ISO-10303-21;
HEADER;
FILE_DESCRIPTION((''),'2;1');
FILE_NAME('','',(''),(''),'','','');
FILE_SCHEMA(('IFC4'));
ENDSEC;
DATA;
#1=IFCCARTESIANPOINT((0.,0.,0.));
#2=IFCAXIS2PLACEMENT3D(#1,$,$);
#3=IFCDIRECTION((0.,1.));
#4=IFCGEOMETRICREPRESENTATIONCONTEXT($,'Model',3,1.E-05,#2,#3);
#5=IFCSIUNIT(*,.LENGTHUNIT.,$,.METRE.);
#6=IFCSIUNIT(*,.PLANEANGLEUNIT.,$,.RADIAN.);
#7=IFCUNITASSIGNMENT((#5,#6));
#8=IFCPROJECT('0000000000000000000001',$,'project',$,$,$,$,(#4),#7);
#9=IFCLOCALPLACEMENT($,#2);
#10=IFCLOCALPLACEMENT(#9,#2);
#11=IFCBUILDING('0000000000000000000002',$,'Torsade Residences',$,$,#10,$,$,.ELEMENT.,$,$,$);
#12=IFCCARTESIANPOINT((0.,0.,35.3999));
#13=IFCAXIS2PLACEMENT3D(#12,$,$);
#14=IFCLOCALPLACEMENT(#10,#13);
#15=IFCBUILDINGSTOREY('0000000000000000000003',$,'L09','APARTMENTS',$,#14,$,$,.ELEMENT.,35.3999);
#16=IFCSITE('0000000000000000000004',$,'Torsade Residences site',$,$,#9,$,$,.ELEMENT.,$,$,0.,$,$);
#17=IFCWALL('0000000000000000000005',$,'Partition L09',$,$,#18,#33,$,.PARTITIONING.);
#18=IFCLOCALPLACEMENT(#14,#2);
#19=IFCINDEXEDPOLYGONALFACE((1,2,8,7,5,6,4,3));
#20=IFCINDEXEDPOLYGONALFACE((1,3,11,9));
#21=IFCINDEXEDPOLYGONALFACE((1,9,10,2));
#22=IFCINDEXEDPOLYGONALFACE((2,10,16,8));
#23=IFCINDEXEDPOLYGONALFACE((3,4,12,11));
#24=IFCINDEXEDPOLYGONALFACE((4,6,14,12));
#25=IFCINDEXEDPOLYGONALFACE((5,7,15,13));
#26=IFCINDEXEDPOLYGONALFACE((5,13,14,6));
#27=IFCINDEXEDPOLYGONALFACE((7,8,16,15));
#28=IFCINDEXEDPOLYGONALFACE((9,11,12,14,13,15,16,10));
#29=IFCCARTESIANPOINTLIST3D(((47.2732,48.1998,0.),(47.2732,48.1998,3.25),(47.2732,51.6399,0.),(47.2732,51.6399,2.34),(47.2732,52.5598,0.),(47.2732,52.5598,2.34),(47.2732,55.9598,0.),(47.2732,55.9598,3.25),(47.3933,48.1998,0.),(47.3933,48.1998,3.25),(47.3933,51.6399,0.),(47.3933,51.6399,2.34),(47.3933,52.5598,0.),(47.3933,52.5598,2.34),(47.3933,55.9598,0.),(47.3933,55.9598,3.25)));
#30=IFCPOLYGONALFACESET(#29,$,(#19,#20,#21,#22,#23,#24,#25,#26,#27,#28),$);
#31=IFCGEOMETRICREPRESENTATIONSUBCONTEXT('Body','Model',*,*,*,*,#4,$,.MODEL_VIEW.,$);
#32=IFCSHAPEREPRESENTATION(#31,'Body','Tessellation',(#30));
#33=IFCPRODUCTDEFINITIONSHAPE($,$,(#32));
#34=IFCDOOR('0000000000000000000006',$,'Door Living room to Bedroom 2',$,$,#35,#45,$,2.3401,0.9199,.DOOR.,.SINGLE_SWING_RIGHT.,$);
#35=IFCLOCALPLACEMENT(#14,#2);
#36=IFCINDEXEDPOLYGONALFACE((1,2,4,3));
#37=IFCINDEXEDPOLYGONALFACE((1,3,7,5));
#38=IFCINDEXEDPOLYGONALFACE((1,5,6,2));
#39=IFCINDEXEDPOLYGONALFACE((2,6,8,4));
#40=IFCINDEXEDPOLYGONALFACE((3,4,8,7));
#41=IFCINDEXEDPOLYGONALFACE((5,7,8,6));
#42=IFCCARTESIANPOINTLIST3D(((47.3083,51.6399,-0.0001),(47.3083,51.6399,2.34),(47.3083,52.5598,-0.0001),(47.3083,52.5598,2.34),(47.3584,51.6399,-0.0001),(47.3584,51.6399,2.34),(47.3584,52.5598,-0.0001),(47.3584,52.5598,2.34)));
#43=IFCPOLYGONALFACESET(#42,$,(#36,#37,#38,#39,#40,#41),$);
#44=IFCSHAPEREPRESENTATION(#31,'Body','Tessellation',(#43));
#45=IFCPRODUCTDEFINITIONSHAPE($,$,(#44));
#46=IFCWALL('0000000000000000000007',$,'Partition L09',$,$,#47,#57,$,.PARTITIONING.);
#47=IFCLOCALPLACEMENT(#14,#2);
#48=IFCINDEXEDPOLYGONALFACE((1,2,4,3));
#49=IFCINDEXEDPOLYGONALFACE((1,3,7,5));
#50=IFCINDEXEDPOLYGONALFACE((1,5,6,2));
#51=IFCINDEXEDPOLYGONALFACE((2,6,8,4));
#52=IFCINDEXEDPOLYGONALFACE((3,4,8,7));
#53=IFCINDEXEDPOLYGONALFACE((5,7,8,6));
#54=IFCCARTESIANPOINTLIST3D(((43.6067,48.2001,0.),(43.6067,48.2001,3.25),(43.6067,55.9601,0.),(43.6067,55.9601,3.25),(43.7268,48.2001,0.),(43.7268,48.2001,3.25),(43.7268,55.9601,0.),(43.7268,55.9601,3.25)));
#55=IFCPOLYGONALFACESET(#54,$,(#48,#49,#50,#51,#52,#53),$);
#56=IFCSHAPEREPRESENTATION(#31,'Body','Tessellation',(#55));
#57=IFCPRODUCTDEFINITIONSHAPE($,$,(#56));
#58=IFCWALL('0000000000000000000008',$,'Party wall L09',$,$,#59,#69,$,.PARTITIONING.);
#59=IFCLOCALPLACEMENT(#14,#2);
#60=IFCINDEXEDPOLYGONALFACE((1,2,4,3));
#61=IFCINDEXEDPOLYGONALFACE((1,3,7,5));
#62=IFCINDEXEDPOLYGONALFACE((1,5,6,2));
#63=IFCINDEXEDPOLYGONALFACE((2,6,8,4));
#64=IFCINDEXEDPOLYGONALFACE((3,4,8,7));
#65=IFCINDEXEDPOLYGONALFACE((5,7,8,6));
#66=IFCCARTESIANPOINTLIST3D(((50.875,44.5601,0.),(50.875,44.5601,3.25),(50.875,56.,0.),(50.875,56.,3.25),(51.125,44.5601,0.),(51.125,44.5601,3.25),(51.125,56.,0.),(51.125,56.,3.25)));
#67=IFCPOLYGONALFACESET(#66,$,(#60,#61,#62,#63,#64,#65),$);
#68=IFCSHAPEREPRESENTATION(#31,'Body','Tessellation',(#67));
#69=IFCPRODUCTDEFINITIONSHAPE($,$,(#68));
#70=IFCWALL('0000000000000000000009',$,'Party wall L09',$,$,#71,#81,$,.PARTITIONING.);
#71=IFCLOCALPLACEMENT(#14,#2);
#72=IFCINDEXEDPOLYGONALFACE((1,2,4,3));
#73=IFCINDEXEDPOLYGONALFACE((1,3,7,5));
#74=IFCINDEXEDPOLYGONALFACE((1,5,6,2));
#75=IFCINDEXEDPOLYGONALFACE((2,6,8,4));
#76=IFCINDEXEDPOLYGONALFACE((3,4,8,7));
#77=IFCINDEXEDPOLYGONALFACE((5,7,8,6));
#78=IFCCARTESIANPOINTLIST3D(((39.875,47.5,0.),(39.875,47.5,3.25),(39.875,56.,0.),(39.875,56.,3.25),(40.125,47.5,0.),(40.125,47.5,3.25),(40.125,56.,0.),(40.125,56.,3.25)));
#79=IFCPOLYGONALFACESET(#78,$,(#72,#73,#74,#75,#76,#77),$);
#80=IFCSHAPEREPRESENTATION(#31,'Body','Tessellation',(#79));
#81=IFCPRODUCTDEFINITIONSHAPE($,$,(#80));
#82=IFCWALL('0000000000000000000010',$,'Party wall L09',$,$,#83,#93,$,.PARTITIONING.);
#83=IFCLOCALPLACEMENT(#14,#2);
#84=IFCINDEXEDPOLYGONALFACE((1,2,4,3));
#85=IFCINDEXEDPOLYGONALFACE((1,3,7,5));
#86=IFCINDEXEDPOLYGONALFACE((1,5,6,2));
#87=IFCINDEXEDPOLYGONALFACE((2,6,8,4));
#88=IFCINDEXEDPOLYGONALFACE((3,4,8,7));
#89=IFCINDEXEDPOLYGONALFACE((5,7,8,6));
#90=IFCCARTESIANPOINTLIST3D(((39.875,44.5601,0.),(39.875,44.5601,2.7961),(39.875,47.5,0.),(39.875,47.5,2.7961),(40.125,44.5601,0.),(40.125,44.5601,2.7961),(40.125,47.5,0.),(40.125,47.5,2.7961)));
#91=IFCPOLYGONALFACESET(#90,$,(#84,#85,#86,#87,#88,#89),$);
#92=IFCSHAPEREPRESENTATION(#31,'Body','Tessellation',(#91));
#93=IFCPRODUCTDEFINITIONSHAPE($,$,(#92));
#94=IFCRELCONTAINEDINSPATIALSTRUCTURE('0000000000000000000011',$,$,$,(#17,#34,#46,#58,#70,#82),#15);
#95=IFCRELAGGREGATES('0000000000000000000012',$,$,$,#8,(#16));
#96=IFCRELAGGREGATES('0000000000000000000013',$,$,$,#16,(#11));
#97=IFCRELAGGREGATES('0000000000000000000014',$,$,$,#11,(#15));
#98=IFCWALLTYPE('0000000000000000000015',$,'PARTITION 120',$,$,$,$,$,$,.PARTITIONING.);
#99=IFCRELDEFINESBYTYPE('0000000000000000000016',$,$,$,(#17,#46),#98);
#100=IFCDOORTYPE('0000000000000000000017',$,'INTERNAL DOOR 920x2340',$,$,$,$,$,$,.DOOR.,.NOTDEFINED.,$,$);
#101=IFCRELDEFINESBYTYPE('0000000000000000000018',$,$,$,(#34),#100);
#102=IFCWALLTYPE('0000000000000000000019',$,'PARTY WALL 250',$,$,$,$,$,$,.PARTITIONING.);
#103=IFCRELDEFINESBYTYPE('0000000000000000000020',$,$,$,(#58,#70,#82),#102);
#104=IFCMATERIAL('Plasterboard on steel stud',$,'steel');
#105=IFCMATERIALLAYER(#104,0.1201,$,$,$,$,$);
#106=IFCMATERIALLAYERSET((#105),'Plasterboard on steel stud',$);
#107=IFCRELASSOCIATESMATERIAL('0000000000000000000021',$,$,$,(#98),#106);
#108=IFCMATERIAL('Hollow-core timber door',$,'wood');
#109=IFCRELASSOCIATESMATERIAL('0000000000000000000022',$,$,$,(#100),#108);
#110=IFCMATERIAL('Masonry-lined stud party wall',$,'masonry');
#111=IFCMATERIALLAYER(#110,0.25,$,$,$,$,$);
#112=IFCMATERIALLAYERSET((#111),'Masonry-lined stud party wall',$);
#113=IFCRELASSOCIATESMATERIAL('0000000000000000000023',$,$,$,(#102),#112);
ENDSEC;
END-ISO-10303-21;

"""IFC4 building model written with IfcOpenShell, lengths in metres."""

from ifc_helpers import new_model, si_unit, direction, frame, frame_2d, origin, place, context, subcontext, project, spatial, rectangle, extrude, material, layer, layer_set, type_object, element, fill, save


model = new_model("IFC4")

# Units and contexts
model_context = context("Model", 3, precision=1e-05, world=origin(), true_north=direction((0.0, 1.0)))
body_context = subcontext(model_context, "Body", "Model", "MODEL_VIEW")
ifc_project = project(units=[si_unit("LENGTHUNIT", "METRE"), si_unit("PLANEANGLEUNIT", "RADIAN")], contexts=[model_context])

# Site, building, storey
site_placement = place(None, origin())
site = spatial("IfcSite", under=ifc_project, at=site_placement, Name="Torsade Residences site", CompositionType="ELEMENT", RefElevation=0.0)
building_placement = place(site_placement, origin())
building = spatial("IfcBuilding", under=site, at=building_placement, Name="Torsade Residences", CompositionType="ELEMENT")
storey_placement = place(building_placement, frame((0.0, 0.0, 35.3999)))
storey = spatial("IfcBuildingStorey", under=building, at=storey_placement, Name="L09", Description="APARTMENTS", CompositionType="ELEMENT", Elevation=35.3999)

# Shared definitions
ifc_material_1 = material(Name="Plasterboard on steel stud", Category="steel")
ifc_layer_1 = layer(ifc_material_1, 0.1201)
ifc_layer_set_1 = layer_set([ifc_layer_1], Name="Plasterboard on steel stud")
wall_type_1 = type_object("IfcWallType", Name="PARTITION 120", PredefinedType="PARTITIONING", material=ifc_layer_set_1)

# Shared definitions
ifc_material_2 = material(Name="Hollow-core timber door", Category="wood")
door_type_1 = type_object("IfcDoorType", Name="INTERNAL DOOR 920x2340", OperationType="NOTDEFINED", PredefinedType="DOOR", material=ifc_material_2)

# Wall, opening, door
wall_1_placement = place(storey_placement, frame((47.3333, 48.2, 0.0), z_axis=(0.0, 0.0, 1.0), x_axis=(0.0, 1.0, 0.0)))
wall_1 = element("IfcWall", 1, at=wall_1_placement, inside=storey, type_object=wall_type_1, Name="Partition L09", PredefinedType="PARTITIONING", context=body_context, shape_type="SweptSolid", body=[
    extrude(rectangle(XDim=7.76, YDim=0.1201, at=frame_2d((3.8799, 0.0))), origin(), (0.0, 0.0, 1.0), 3.25),
])
opening_1_placement = place(wall_1_placement, frame((3.4399, 0.0, 0.0)))
opening_1 = element("IfcOpeningElement", 2, at=opening_1_placement, cuts=wall_1, PredefinedType="OPENING", context=body_context, shape_type="SweptSolid", body=[
    extrude(rectangle(XDim=0.9199, YDim=2.3401, at=frame_2d((0.46, 1.1699))), frame((0.0, 0.0701, 0.0), z_axis=(0.0, -1.0, 0.0), x_axis=(1.0, 0.0, 0.0)), (0.0, 0.0, 1.0), 0.1401),
])
door_1_placement = place(opening_1_placement, origin())
door_1 = element("IfcDoor", 3, at=door_1_placement, inside=storey, type_object=door_type_1, Name="Door Living room to Bedroom 2", OperationType="SINGLE_SWING_RIGHT", OverallHeight=2.3401, OverallWidth=0.9199, PredefinedType="DOOR", context=body_context, shape_type="SweptSolid", body=[
    extrude(rectangle(XDim=0.9199, YDim=2.3401, at=frame_2d((0.46, 1.1699))), frame((0.0, 0.0249, 0.0), z_axis=(0.0, -1.0, 0.0), x_axis=(1.0, 0.0, 0.0)), (0.0, 0.0, 1.0), 0.05),
])
fill(opening_1, door_1)

# Walls
wall_2_placement = place(storey_placement, frame((43.6667, 55.96, 0.0), z_axis=(0.0, 0.0, 1.0), x_axis=(0.0, -1.0, 0.0)))
element("IfcWall", 4, at=wall_2_placement, inside=storey, type_object=wall_type_1, Name="Partition L09", PredefinedType="PARTITIONING", context=body_context, shape_type="SweptSolid", body=[
    extrude(rectangle(XDim=7.76, YDim=0.1201, at=frame_2d((3.8799, 0.0))), origin(), (0.0, 0.0, 1.0), 3.25),
])
ifc_material_3 = material(Name="Masonry-lined stud party wall", Category="masonry")
ifc_layer_2 = layer(ifc_material_3, 0.25)
ifc_layer_set_2 = layer_set([ifc_layer_2], Name="Masonry-lined stud party wall")
wall_type_2 = type_object("IfcWallType", Name="PARTY WALL 250", PredefinedType="PARTITIONING", material=ifc_layer_set_2)
wall_3_placement = place(storey_placement, frame((51.0, 56.0, 0.0), z_axis=(0.0, 0.0, 1.0), x_axis=(0.0, -1.0, 0.0)))
element("IfcWall", 5, at=wall_3_placement, inside=storey, type_object=wall_type_2, Name="Party wall L09", PredefinedType="PARTITIONING", context=body_context, shape_type="SweptSolid", body=[
    extrude(rectangle(XDim=11.4399, YDim=0.25, at=frame_2d((5.72, 0.0))), origin(), (0.0, 0.0, 1.0), 3.25),
])
wall_4_placement = place(storey_placement, frame((40.0, 56.0, 0.0), z_axis=(0.0, 0.0, 1.0), x_axis=(0.0, -1.0, 0.0)))
element("IfcWall", 6, at=wall_4_placement, inside=storey, type_object=wall_type_2, Name="Party wall L09", PredefinedType="PARTITIONING", context=body_context, shape_type="SweptSolid", body=[
    extrude(rectangle(XDim=8.5, YDim=0.25, at=frame_2d((4.25, 0.0))), origin(), (0.0, 0.0, 1.0), 3.25),
])
wall_5_placement = place(storey_placement, frame((40.0, 47.5, 0.0), z_axis=(0.0, 0.0, 1.0), x_axis=(0.0, -1.0, 0.0)))
element("IfcWall", 7, at=wall_5_placement, inside=storey, type_object=wall_type_2, Name="Party wall L09", PredefinedType="PARTITIONING", context=body_context, shape_type="SweptSolid", body=[
    extrude(rectangle(XDim=2.9399, YDim=0.25, at=frame_2d((1.47, 0.0))), origin(), (0.0, 0.0, 1.0), 2.7961),
])

save(model, "model.ifc")
